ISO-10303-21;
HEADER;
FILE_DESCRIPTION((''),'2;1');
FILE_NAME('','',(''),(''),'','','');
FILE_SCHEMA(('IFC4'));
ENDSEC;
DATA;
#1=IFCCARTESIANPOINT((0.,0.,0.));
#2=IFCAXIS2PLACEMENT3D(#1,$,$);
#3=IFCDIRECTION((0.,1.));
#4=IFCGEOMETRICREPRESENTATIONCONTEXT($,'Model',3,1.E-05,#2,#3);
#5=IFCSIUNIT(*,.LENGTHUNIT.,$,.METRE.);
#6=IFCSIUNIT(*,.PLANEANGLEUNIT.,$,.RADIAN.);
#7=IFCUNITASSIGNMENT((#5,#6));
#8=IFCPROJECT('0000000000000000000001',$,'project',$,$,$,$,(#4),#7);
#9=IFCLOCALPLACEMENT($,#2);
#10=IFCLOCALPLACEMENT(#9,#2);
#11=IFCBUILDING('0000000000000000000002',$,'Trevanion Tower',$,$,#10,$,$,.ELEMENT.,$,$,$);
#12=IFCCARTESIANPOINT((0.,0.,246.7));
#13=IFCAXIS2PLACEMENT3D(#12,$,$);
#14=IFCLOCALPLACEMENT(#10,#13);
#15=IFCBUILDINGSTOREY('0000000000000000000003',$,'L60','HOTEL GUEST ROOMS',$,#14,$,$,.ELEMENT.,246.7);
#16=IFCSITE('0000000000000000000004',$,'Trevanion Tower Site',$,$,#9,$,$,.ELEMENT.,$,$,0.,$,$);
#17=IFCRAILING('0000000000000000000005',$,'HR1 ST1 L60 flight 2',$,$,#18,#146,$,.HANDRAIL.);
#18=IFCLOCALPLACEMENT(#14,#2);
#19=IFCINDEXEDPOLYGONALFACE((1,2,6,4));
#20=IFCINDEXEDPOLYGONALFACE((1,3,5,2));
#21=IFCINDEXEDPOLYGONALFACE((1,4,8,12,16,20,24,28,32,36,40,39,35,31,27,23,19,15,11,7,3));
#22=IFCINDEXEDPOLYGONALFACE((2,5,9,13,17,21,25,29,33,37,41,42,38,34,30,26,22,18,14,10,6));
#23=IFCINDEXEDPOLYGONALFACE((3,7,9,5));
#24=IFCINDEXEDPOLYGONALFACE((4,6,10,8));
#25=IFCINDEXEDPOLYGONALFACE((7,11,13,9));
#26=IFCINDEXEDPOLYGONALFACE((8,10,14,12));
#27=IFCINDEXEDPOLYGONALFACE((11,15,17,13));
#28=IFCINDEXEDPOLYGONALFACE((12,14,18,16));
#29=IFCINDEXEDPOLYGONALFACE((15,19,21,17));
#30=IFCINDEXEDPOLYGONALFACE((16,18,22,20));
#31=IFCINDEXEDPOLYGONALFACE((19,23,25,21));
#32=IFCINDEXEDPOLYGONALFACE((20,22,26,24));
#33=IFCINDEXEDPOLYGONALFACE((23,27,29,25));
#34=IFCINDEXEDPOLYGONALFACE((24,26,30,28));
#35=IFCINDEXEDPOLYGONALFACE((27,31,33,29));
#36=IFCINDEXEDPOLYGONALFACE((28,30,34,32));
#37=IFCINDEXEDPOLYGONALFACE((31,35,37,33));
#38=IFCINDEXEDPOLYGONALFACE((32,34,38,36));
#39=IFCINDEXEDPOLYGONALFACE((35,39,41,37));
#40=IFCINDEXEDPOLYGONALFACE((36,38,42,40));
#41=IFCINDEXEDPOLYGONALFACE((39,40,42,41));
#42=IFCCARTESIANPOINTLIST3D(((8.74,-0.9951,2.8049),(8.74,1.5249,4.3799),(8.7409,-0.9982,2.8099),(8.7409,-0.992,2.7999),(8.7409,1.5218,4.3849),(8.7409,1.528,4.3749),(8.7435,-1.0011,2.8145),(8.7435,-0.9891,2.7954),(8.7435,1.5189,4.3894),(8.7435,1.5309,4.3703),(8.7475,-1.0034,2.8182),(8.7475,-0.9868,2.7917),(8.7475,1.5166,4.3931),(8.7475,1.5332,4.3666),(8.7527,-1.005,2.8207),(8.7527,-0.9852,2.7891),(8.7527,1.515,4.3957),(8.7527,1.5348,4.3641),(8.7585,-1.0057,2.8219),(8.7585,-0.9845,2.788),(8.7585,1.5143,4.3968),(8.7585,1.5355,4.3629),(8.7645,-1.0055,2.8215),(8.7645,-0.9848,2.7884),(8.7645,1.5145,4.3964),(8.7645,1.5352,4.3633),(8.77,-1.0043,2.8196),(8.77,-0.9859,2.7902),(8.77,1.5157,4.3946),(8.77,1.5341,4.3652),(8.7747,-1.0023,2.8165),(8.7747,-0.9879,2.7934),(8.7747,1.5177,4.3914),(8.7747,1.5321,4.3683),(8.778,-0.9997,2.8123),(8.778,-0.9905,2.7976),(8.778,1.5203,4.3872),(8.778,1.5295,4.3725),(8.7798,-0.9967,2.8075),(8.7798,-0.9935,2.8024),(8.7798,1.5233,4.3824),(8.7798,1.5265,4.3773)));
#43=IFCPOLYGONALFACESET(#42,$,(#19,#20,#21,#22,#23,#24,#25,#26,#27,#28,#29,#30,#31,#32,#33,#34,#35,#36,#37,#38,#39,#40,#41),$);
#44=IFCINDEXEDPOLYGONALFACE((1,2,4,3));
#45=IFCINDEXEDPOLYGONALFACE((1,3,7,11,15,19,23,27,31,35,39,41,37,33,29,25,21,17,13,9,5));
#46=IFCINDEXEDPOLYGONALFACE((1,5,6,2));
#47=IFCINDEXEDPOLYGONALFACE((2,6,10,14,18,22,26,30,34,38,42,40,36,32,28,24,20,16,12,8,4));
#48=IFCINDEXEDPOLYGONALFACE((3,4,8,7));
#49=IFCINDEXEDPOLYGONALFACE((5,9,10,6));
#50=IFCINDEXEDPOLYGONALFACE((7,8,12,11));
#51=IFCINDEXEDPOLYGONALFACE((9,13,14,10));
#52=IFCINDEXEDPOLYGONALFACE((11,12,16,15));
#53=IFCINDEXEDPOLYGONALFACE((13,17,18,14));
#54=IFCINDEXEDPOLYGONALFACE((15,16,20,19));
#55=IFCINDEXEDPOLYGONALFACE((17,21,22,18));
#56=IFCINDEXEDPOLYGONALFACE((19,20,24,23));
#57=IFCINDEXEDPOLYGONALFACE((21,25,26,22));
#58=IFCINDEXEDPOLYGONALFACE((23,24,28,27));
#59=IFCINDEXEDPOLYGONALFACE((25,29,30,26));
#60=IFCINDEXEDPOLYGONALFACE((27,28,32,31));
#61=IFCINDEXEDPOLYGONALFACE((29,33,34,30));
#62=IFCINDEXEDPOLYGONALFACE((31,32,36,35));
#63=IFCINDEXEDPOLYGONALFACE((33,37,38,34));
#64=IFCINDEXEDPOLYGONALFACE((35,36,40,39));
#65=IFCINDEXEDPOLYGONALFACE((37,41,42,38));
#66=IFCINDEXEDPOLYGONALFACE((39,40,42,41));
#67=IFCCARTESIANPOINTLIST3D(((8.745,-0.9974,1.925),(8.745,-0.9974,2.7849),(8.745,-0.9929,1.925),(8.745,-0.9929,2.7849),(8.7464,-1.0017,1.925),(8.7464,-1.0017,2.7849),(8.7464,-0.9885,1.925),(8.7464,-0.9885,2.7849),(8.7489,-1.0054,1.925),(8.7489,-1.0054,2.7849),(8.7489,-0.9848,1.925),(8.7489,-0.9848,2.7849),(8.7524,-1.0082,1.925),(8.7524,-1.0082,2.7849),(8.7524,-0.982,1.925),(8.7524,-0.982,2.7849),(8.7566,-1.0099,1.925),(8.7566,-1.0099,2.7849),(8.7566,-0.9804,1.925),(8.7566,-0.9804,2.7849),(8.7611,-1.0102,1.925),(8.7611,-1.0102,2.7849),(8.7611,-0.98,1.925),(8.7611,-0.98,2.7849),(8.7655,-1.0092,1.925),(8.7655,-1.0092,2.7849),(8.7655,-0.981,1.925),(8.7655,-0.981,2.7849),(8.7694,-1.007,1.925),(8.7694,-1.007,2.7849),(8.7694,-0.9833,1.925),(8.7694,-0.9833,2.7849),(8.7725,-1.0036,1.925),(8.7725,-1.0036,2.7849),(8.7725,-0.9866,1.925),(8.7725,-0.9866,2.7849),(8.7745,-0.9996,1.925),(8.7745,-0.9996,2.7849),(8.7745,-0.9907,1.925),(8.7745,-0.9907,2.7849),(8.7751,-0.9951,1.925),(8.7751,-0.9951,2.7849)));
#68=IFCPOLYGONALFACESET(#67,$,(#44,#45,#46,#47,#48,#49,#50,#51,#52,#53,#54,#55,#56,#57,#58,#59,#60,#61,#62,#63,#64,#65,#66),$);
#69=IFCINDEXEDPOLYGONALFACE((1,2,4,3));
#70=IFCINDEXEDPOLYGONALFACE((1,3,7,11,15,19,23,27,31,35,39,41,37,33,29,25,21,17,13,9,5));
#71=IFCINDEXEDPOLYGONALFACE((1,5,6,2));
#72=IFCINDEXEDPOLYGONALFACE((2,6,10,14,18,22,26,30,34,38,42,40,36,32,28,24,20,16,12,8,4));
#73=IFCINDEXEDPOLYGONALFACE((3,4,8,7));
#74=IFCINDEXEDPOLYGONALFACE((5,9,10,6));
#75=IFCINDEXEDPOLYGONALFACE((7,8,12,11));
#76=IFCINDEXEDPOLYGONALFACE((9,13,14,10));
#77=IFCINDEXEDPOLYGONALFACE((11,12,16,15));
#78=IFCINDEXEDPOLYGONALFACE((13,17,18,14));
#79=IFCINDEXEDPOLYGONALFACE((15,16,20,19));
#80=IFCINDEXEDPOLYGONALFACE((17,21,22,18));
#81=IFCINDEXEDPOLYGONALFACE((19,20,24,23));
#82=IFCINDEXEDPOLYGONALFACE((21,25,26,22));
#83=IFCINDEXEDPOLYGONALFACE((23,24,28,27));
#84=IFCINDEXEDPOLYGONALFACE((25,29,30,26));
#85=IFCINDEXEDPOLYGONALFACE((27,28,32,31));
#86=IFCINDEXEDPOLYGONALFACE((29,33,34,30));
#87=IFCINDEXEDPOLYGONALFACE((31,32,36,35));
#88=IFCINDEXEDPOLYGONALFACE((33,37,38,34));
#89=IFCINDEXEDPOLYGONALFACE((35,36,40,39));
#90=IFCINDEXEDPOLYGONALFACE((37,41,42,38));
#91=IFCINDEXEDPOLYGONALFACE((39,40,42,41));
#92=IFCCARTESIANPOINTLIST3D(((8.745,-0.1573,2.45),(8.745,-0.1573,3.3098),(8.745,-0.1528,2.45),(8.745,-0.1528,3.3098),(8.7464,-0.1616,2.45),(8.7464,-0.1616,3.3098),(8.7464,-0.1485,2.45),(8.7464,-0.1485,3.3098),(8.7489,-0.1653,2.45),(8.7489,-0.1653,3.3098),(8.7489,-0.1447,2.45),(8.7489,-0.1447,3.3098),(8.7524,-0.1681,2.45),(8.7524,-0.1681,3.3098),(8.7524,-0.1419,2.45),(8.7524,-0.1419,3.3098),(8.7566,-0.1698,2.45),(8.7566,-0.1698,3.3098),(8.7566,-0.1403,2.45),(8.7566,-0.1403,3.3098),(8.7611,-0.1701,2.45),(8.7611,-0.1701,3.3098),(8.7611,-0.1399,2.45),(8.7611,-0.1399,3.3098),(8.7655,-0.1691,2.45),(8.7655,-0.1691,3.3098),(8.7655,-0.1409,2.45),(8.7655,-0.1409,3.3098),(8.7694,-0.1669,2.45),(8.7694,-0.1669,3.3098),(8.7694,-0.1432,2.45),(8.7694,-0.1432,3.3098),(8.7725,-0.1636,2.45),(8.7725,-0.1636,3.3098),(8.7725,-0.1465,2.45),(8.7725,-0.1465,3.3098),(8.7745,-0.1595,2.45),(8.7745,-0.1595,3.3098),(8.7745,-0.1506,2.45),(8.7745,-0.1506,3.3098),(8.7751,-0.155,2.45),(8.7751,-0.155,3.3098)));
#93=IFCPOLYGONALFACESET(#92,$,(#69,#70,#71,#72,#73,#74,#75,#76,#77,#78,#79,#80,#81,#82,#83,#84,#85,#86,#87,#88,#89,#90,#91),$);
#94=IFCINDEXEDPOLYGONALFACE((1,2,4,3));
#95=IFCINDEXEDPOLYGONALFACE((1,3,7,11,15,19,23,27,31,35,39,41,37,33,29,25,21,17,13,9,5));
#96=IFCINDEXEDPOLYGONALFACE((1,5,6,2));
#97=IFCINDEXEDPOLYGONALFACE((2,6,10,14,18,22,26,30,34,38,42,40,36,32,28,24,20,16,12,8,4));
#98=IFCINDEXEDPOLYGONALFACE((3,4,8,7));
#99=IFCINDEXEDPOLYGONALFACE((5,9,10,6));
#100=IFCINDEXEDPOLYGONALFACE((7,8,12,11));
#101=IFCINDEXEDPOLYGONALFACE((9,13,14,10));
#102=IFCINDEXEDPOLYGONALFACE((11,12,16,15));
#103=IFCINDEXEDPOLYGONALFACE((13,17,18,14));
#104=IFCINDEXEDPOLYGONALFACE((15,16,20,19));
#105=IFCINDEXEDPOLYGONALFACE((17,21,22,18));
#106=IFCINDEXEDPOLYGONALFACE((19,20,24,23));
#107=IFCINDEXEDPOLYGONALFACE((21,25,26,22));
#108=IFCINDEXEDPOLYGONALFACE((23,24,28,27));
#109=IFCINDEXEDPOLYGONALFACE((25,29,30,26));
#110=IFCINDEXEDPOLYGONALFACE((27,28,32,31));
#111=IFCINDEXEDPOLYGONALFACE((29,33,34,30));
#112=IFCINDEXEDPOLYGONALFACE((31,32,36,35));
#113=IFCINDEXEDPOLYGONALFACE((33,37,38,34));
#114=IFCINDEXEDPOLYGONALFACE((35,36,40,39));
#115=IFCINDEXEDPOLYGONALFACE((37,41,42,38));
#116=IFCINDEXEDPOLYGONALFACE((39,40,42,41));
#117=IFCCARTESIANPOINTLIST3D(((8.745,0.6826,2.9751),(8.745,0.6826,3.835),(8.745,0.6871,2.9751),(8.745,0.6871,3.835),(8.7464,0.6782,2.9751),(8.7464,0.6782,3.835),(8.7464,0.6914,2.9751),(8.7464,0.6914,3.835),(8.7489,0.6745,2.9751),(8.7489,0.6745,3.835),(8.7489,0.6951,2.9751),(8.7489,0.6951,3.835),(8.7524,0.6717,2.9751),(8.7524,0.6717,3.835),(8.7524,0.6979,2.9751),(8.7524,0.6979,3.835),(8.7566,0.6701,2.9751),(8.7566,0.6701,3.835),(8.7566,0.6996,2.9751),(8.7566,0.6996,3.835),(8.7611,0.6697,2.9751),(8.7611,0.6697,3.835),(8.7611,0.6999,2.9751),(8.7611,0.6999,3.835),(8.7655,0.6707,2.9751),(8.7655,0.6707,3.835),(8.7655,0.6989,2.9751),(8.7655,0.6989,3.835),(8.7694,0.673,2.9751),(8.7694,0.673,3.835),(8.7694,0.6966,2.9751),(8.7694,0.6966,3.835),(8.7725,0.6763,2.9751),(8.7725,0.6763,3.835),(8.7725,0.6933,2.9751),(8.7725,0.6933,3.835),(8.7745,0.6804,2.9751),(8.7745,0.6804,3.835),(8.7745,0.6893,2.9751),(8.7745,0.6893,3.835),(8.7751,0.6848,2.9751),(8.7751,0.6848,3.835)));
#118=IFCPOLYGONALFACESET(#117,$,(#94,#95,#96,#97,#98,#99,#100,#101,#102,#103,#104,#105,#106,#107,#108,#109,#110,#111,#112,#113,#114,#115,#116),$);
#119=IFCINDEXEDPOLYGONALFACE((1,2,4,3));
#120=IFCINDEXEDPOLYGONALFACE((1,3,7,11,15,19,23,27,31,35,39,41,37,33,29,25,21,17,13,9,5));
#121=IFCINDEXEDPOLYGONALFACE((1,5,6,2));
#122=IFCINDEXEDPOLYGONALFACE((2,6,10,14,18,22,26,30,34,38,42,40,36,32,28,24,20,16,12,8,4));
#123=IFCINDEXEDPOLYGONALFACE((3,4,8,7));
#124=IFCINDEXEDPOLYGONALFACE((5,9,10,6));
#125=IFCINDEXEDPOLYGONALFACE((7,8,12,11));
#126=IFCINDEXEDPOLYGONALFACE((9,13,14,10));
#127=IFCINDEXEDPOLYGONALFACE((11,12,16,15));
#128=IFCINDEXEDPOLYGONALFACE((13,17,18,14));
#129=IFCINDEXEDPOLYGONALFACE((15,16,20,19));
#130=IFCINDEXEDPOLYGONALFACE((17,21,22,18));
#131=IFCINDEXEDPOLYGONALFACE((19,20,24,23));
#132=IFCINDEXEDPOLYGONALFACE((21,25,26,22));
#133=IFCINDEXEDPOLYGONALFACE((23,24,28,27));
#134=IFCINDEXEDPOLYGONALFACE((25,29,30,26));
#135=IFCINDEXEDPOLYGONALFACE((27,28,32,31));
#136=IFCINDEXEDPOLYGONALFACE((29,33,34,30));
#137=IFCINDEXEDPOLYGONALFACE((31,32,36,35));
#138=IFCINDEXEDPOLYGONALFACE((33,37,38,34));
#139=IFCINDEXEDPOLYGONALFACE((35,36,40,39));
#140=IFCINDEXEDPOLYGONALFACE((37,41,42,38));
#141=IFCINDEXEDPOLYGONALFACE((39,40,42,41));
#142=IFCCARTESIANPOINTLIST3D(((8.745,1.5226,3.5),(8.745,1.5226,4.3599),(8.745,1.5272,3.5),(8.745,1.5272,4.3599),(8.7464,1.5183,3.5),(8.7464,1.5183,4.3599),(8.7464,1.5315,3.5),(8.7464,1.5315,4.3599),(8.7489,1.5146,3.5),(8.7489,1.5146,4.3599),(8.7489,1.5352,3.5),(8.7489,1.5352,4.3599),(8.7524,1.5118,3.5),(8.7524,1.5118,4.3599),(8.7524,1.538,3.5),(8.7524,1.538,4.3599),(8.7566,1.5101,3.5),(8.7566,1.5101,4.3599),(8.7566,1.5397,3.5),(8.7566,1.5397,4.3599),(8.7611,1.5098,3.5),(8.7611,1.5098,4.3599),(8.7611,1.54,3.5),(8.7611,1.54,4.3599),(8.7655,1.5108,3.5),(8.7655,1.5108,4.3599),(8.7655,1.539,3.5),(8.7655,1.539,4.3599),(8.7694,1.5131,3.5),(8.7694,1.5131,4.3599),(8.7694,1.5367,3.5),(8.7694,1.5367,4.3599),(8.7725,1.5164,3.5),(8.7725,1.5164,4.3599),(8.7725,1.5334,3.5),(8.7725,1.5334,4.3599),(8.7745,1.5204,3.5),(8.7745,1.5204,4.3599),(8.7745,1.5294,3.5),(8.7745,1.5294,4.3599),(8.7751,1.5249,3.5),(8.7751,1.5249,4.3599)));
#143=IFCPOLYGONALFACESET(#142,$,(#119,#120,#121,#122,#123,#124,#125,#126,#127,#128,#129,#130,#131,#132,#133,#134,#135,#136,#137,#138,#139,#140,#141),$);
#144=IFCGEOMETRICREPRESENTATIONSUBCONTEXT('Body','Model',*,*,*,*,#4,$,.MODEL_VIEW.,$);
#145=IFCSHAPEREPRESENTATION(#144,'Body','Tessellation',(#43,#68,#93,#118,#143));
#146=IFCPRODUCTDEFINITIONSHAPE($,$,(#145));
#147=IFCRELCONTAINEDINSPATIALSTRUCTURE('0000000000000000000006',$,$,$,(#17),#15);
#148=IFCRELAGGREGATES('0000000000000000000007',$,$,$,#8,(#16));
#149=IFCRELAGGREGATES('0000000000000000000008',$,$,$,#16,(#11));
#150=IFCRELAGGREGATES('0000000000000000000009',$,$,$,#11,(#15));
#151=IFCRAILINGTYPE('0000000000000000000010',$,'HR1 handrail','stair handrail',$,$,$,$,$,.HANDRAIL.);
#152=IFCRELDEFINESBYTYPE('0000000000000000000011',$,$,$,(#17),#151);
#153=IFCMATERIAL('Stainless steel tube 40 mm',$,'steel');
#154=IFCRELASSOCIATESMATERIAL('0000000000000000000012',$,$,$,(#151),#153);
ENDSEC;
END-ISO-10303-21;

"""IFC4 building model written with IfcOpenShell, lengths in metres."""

from ifc_helpers import new_model, si_unit, direction, frame, origin, origin_2d, place, context, subcontext, project, spatial, circle, extrude, material, type_object, element, save


model = new_model("IFC4")

# Units and contexts
model_context = context("Model", 3, precision=1e-05, world=origin(), true_north=direction((0.0, 1.0)))
body_context = subcontext(model_context, "Body", "Model", "MODEL_VIEW")
ifc_project = project(units=[si_unit("LENGTHUNIT", "METRE"), si_unit("PLANEANGLEUNIT", "RADIAN")], contexts=[model_context])

# Site, building, storey
site_placement = place(None, origin())
site = spatial("IfcSite", under=ifc_project, at=site_placement, Name="Trevanion Tower Site", CompositionType="ELEMENT", RefElevation=0.0)
building_placement = place(site_placement, origin())
building = spatial("IfcBuilding", under=site, at=building_placement, Name="Trevanion Tower", CompositionType="ELEMENT")
storey_placement = place(building_placement, frame((0.0, 0.0, 246.7)))
storey = spatial("IfcBuildingStorey", under=building, at=storey_placement, Name="L60", Description="HOTEL GUEST ROOMS", CompositionType="ELEMENT", Elevation=246.7)

# Railing
ifc_material_1 = material(Name="Stainless steel tube 40 mm", Category="steel")
railing_type = type_object("IfcRailingType", Name="HR1 handrail", Description="stair handrail", PredefinedType="HANDRAIL", material=ifc_material_1)
for number, where, name in (
    (1, (8.76, -0.9951, 1.925), "HR1 ST1 L60 flight 2"),
):
    element("IfcRailing", number, at=place(storey_placement, frame(where)), inside=storey, type_object=railing_type, Name=name, PredefinedType="HANDRAIL", context=body_context, shape_type="SweptSolid", body=[
        extrude(circle(Radius=0.02, at=origin_2d()), frame((0.0, 0.0, 0.8799), z_axis=(0.0, 0.848008, 0.529984), x_axis=(-1.0, 0.0, 0.0)), (0.0, 0.0, 1.0), 2.9717),
        extrude(circle(Radius=0.0151, at=origin_2d()), origin(), (0.0, 0.0, 1.0), 0.8599),
        extrude(circle(Radius=0.0151, at=origin_2d()), frame((0.0, 0.8401, 0.5249)), (0.0, 0.0, 1.0), 0.8599),
        extrude(circle(Radius=0.0151, at=origin_2d()), frame((0.0, 1.6799, 1.05)), (0.0, 0.0, 1.0), 0.8599),
        extrude(circle(Radius=0.0151, at=origin_2d()), frame((0.0, 2.52, 1.575)), (0.0, 0.0, 1.0), 0.8599),
    ])

save(model, "model.ifc")
